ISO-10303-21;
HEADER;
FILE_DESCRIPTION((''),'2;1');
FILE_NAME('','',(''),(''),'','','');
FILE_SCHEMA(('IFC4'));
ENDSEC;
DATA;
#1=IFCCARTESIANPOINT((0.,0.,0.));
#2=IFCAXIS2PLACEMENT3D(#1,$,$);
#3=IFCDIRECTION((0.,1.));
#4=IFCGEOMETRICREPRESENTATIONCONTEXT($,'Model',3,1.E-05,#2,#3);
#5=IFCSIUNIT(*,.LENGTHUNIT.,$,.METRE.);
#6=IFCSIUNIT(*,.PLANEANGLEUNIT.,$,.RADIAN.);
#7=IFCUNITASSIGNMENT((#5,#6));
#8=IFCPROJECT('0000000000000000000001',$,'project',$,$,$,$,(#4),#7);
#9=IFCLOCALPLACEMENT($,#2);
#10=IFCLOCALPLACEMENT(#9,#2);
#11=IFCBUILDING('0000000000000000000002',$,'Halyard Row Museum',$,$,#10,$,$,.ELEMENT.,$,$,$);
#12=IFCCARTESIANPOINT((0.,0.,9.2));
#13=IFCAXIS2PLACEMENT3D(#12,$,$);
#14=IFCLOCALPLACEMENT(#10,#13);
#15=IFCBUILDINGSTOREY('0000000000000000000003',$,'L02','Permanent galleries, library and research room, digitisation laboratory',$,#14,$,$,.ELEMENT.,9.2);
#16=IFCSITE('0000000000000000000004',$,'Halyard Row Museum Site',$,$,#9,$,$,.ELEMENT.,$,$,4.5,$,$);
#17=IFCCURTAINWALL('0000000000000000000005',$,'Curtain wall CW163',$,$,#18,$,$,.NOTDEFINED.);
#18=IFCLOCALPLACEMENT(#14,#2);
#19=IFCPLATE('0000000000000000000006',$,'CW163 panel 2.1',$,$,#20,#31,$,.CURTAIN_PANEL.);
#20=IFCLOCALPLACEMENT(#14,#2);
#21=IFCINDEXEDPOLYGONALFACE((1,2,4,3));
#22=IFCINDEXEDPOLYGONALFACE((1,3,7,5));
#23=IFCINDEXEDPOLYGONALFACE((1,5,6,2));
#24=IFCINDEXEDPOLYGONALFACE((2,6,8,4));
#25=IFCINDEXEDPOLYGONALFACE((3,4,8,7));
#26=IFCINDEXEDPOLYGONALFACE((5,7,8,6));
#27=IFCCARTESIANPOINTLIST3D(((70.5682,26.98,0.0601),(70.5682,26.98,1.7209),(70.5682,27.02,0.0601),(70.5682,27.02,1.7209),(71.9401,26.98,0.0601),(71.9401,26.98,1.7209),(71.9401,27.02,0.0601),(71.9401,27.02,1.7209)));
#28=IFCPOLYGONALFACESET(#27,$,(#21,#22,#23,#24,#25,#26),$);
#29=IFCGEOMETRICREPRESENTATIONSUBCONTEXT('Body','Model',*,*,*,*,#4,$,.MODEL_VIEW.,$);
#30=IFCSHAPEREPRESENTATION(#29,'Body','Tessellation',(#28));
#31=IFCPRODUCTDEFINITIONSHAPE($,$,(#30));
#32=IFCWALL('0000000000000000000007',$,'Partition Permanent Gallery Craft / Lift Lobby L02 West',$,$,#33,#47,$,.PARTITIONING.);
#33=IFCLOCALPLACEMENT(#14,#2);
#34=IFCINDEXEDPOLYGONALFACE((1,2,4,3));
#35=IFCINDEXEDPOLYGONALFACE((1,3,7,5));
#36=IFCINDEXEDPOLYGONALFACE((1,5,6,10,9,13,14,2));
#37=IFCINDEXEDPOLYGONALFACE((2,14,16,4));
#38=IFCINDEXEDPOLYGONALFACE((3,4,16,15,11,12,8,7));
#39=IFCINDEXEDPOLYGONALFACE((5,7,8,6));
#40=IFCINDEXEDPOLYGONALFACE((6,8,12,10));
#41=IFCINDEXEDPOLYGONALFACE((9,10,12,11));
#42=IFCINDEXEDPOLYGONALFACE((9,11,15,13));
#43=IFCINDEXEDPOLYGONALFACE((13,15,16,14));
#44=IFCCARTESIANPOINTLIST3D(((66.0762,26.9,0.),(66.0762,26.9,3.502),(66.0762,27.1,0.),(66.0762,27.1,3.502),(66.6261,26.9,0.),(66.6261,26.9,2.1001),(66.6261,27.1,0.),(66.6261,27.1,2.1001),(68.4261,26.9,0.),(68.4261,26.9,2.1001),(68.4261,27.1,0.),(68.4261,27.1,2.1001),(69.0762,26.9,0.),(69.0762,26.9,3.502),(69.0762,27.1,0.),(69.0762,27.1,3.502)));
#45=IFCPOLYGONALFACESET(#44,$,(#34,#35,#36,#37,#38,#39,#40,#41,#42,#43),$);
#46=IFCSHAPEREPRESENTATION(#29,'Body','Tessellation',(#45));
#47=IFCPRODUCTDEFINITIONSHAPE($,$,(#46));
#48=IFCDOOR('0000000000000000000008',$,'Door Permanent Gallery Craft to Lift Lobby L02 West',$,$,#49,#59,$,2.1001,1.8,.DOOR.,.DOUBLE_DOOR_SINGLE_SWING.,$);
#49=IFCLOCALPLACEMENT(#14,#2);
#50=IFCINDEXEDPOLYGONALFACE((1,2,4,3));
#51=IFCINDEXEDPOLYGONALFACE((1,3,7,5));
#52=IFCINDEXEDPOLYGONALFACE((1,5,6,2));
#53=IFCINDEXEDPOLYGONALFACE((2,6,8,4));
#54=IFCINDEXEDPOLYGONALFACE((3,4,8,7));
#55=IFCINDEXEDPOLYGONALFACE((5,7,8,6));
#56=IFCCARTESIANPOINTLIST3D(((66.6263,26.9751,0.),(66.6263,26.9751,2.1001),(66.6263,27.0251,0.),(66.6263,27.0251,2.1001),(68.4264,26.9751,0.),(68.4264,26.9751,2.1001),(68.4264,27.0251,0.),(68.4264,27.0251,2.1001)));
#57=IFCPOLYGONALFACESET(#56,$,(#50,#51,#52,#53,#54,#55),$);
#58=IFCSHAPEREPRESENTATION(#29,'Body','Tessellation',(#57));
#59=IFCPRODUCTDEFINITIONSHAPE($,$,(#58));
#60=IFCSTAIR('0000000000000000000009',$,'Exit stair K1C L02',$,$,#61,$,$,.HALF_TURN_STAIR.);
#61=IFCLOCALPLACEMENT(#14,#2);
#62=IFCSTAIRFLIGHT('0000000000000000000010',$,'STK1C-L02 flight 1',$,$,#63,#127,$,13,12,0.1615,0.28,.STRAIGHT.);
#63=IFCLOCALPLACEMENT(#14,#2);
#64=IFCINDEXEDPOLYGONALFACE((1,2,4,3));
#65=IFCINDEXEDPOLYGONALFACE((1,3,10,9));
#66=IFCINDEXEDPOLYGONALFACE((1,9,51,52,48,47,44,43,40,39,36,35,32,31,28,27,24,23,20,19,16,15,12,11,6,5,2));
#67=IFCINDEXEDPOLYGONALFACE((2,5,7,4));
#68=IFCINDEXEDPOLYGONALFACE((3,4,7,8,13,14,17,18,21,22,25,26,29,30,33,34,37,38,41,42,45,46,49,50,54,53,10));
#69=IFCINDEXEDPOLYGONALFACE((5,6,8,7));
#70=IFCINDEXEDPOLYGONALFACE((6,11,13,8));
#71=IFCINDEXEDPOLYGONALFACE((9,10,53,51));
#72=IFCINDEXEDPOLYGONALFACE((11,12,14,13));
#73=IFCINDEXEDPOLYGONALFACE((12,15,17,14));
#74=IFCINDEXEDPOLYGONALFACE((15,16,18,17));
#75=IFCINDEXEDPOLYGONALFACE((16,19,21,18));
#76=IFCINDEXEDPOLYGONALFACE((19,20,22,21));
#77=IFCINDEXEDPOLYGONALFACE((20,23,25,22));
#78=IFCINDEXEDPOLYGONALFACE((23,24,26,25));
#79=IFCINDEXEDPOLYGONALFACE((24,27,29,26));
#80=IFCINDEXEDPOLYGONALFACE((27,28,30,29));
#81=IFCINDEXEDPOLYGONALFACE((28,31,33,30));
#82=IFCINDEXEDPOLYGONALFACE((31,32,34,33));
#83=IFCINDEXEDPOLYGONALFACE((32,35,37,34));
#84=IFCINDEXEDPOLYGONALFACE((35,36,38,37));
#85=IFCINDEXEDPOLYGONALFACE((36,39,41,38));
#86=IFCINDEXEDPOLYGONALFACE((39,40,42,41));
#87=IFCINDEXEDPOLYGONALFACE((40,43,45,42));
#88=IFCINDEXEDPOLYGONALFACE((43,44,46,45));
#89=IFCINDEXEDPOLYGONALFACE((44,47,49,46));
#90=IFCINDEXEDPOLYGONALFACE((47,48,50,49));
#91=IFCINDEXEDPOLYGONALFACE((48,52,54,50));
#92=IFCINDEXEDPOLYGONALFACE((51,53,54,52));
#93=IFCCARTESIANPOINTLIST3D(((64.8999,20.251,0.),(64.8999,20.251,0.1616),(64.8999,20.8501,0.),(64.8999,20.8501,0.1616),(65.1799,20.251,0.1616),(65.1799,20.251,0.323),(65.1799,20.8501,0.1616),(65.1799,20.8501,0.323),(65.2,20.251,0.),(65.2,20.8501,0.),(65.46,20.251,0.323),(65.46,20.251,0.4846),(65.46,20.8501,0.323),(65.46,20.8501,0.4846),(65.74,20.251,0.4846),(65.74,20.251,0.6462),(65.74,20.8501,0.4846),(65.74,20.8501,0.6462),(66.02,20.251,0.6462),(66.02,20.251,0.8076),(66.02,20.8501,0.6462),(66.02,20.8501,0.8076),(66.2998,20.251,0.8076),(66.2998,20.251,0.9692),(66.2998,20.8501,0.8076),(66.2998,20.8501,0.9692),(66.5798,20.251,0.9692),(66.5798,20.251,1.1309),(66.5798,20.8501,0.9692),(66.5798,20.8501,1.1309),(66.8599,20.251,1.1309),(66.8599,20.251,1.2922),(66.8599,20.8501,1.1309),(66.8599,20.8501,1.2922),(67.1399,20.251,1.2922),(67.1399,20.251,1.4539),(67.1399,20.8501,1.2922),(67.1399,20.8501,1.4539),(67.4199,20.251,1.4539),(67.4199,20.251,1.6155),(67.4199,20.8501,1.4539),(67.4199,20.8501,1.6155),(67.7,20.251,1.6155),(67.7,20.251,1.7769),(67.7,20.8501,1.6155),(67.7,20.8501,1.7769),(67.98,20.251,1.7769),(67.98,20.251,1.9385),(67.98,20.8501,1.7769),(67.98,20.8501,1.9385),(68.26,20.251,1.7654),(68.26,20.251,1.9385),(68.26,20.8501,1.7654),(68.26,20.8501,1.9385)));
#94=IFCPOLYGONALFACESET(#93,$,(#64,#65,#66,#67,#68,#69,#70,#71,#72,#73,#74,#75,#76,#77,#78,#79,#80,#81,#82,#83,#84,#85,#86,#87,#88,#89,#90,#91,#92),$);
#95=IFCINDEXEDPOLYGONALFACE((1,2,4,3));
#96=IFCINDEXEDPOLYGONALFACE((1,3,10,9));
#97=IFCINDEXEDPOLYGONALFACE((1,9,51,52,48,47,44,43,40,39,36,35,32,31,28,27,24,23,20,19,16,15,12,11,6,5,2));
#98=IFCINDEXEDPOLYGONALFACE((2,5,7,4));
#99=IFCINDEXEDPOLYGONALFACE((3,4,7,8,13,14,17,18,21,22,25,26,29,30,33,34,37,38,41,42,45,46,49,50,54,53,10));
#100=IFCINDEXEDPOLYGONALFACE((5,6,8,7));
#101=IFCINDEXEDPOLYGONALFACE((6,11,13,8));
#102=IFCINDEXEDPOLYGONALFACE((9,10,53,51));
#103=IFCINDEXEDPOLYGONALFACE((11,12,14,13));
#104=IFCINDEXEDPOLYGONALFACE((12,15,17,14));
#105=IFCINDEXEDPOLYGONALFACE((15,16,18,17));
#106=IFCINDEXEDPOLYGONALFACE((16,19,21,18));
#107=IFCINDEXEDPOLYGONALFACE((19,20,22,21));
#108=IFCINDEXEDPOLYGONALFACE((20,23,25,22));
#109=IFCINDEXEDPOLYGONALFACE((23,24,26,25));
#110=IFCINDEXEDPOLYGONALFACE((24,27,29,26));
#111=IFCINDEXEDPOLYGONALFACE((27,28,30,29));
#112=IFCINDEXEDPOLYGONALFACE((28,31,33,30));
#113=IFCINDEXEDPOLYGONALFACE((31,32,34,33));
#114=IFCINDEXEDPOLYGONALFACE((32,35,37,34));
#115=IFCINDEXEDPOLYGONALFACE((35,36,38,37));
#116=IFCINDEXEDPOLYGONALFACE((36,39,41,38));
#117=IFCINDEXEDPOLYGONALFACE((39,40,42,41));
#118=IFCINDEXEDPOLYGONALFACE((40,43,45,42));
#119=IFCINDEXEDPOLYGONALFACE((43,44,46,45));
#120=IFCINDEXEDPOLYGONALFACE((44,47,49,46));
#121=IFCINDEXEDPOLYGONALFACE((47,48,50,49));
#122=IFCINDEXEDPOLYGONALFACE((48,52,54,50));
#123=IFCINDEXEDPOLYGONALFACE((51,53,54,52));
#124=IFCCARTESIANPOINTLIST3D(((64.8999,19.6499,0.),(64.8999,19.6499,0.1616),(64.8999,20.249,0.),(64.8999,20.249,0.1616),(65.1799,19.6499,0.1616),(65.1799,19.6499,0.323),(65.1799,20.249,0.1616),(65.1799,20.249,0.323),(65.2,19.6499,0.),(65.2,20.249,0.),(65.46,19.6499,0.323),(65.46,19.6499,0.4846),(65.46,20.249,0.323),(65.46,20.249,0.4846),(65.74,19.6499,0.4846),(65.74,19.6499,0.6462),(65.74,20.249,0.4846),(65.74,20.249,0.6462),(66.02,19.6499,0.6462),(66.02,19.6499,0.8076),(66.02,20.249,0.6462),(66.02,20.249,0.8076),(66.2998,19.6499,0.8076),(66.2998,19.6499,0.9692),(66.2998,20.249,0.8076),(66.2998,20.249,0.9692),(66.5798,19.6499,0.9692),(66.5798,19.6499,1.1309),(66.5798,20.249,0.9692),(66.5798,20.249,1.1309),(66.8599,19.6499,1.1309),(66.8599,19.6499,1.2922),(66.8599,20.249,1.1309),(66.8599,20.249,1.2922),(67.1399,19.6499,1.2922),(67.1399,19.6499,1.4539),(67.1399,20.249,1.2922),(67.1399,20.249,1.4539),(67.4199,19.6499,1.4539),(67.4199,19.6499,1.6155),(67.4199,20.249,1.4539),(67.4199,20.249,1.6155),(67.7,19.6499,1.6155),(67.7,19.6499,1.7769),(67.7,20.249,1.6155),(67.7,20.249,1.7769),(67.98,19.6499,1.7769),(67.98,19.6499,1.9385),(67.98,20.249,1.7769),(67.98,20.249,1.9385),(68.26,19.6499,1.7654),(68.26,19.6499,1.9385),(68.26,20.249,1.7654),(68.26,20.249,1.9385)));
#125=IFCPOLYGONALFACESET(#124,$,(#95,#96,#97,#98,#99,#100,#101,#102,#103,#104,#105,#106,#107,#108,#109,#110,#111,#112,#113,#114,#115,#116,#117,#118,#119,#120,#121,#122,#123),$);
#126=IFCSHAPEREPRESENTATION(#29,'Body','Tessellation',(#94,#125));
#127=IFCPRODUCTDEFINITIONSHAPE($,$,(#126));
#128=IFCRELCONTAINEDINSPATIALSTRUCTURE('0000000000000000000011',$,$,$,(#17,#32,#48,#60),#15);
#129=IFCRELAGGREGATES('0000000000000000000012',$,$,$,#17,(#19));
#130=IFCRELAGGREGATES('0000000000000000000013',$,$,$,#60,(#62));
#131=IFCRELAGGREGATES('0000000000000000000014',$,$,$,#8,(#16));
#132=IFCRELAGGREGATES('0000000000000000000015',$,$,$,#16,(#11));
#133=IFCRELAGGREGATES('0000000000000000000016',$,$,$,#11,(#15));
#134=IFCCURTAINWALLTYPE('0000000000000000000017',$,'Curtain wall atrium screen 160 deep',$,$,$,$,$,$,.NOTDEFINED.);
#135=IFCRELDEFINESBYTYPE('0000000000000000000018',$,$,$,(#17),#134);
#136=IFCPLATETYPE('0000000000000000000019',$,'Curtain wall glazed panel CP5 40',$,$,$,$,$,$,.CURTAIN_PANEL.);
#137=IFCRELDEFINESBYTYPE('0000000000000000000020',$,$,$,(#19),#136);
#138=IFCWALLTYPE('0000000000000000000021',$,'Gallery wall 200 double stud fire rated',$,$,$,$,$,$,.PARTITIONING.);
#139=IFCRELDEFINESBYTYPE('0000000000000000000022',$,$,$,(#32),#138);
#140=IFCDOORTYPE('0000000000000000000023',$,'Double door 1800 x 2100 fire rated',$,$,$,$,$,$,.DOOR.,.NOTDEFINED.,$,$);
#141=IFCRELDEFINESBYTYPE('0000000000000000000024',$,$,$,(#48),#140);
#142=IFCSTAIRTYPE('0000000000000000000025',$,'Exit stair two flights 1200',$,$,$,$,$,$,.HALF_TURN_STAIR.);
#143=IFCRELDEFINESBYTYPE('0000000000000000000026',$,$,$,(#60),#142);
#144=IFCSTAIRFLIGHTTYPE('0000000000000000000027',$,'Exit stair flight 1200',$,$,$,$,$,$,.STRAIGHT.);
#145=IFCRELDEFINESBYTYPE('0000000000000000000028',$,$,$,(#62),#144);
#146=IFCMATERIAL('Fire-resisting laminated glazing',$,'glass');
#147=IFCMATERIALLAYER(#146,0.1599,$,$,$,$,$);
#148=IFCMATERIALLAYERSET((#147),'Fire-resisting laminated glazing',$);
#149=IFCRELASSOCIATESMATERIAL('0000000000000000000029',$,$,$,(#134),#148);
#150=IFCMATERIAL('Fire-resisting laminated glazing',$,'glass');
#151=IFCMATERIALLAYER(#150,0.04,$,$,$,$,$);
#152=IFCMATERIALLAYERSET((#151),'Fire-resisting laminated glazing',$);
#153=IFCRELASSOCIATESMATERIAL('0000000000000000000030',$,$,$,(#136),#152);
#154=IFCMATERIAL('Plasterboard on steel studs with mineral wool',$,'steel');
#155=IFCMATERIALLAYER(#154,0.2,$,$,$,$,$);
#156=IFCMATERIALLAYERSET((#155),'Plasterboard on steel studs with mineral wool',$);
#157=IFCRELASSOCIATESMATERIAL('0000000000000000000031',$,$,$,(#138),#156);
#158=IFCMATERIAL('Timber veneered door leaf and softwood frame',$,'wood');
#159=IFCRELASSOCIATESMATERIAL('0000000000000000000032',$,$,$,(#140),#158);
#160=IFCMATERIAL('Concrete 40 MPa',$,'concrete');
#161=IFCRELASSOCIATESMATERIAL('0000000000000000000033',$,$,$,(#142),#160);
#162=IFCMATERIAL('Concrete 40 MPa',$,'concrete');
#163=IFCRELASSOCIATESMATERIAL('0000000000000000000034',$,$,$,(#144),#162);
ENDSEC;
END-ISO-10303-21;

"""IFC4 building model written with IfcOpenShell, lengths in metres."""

from ifc_helpers import new_model, si_unit, direction, frame, frame_2d, origin, origin_2d, place, context, subcontext, project, spatial, polyline, rectangle, outline, extrude, material, layer, layer_set, type_object, element, fill, aggregate, save


model = new_model("IFC4")

# Units and contexts
model_context = context("Model", 3, precision=1e-05, world=origin(), true_north=direction((0.0, 1.0)))
body_context = subcontext(model_context, "Body", "Model", "MODEL_VIEW")
ifc_project = project(units=[si_unit("LENGTHUNIT", "METRE"), si_unit("PLANEANGLEUNIT", "RADIAN")], contexts=[model_context])

# Site, building, storey
site_placement = place(None, origin())
site = spatial("IfcSite", under=ifc_project, at=site_placement, Name="Halyard Row Museum Site", CompositionType="ELEMENT", RefElevation=4.5)
building_placement = place(site_placement, origin())
building = spatial("IfcBuilding", under=site, at=building_placement, Name="Halyard Row Museum", CompositionType="ELEMENT")
storey_placement = place(building_placement, frame((0.0, 0.0, 9.2)))
storey = spatial("IfcBuildingStorey", under=building, at=storey_placement, Name="L02", Description="Permanent galleries, library and research room, digitisation laboratory", CompositionType="ELEMENT", Elevation=9.2)

# Shared definitions
ifc_material_1 = material(Name="Fire-resisting laminated glazing", Category="glass")
ifc_layer_1 = layer(ifc_material_1, 0.1599)
ifc_layer_set_1 = layer_set([ifc_layer_1], Name="Fire-resisting laminated glazing")
curtain_wall_type = type_object("IfcCurtainWallType", Name="Curtain wall atrium screen 160 deep", PredefinedType="NOTDEFINED", material=ifc_layer_set_1)

# Curtain wall
curtain_wall_1_placement = place(storey_placement, origin())
curtain_wall_1 = element("IfcCurtainWall", 1, at=curtain_wall_1_placement, inside=storey, type_object=curtain_wall_type, Name="Curtain wall CW163", PredefinedType="NOTDEFINED")

# Plate
ifc_material_2 = material(Name="Fire-resisting laminated glazing", Category="glass")
ifc_layer_2 = layer(ifc_material_2, 0.04)
ifc_layer_set_2 = layer_set([ifc_layer_2], Name="Fire-resisting laminated glazing")
plate_type = type_object("IfcPlateType", Name="Curtain wall glazed panel CP5 40", PredefinedType="CURTAIN_PANEL", material=ifc_layer_set_2)
plate_1_placement = place(storey_placement, frame((71.2542, 27.0, 0.0601), z_axis=(0.0, 0.0, 1.0), x_axis=(1.0, 0.0, 0.0)))
plate_1 = element("IfcPlate", 2, at=plate_1_placement, type_object=plate_type, Name="CW163 panel 2.1", PredefinedType="CURTAIN_PANEL", context=body_context, shape_type="SweptSolid", body=[
    extrude(rectangle(XDim=1.3718, YDim=0.04, at=origin_2d()), origin(), (0.0, 0.0, 1.0), 1.6609),
])
aggregate(curtain_wall_1, [plate_1])

# Wall, opening, door
ifc_material_3 = material(Name="Plasterboard on steel studs with mineral wool", Category="steel")
ifc_layer_3 = layer(ifc_material_3, 0.2)
ifc_layer_set_3 = layer_set([ifc_layer_3], Name="Plasterboard on steel studs with mineral wool")
wall_type = type_object("IfcWallType", Name="Gallery wall 200 double stud fire rated", PredefinedType="PARTITIONING", material=ifc_layer_set_3)
wall_placement = place(storey_placement, frame((66.0762, 27.0, 0.0), z_axis=(0.0, 0.0, 1.0), x_axis=(1.0, 0.0, 0.0)))
wall = element("IfcWall", 3, at=wall_placement, inside=storey, type_object=wall_type, Name="Partition Permanent Gallery Craft / Lift Lobby L02 West", PredefinedType="PARTITIONING", context=body_context, shape_type="SweptSolid", body=[
    extrude(rectangle(XDim=3.0, YDim=0.2, at=frame_2d((1.5, 0.0))), origin(), (0.0, 0.0, 1.0), 3.502),
])
opening_placement = place(wall_placement, frame((0.55, 0.0, 0.0)))
opening = element("IfcOpeningElement", 4, at=opening_placement, cuts=wall, PredefinedType="OPENING", context=body_context, shape_type="SweptSolid", body=[
    extrude(rectangle(XDim=1.8, YDim=2.1001, at=frame_2d((0.8999, 1.05))), frame((0.0, 0.1099, 0.0), z_axis=(0.0, -1.0, 0.0), x_axis=(1.0, 0.0, 0.0)), (0.0, 0.0, 1.0), 0.22),
])
ifc_material_4 = material(Name="Timber veneered door leaf and softwood frame", Category="wood")
door_type = type_object("IfcDoorType", Name="Double door 1800 x 2100 fire rated", OperationType="NOTDEFINED", PredefinedType="DOOR", material=ifc_material_4)
door_placement = place(opening_placement, frame((1.8, 0.0, 0.0), z_axis=(0.0, 0.0, 1.0), x_axis=(-1.0, 0.0, 0.0)))
door = element("IfcDoor", 5, at=door_placement, inside=storey, type_object=door_type, Name="Door Permanent Gallery Craft to Lift Lobby L02 West", OperationType="DOUBLE_DOOR_SINGLE_SWING", OverallHeight=2.1001, OverallWidth=1.8, PredefinedType="DOOR", context=body_context, shape_type="SweptSolid", body=[
    extrude(rectangle(XDim=1.8, YDim=2.1001, at=frame_2d((0.8999, 1.05))), frame((0.0, 0.0249, 0.0), z_axis=(0.0, -1.0, 0.0), x_axis=(1.0, 0.0, 0.0)), (0.0, 0.0, 1.0), 0.05),
])
fill(opening, door)

# Stair, stair flight
ifc_material_5 = material(Name="Concrete 40 MPa", Category="concrete")
stair_type = type_object("IfcStairType", Name="Exit stair two flights 1200", PredefinedType="HALF_TURN_STAIR", material=ifc_material_5)
stair_placement = place(storey_placement, origin())
stair = element("IfcStair", 6, at=stair_placement, inside=storey, type_object=stair_type, Name="Exit stair K1C L02", PredefinedType="HALF_TURN_STAIR")
ifc_material_6 = material(Name="Concrete 40 MPa", Category="concrete")
stair_flight_type = type_object("IfcStairFlightType", Name="Exit stair flight 1200", PredefinedType="STRAIGHT", material=ifc_material_6)
stair_flight_1_placement = place(storey_placement, frame((64.8999, 20.25, 0.0), z_axis=(0.0, 0.0, 1.0), x_axis=(1.0, 0.0, 0.0)))
stair_flight_1 = element("IfcStairFlight", 7, at=stair_flight_1_placement, type_object=stair_flight_type, Name="STK1C-L02 flight 1", NumberOfRisers=13, NumberOfTreads=12, PredefinedType="STRAIGHT", RiserHeight=0.1615, TreadLength=0.28, context=body_context, shape_type="SweptSolid", body=[
    extrude(outline(polyline([(0.0, 0.0), (0.0, 0.1616), (0.28, 0.1616), (0.28, 0.323), (0.5601, 0.323), (0.5601, 0.4846), (0.8401, 0.4846), (0.8401, 0.6462), (1.1201, 0.6462), (1.1201, 0.8076), (1.3999, 0.8076), (1.3999, 0.9692), (1.6799, 0.9692), (1.6799, 1.1309), (1.96, 1.1309), (1.96, 1.2922), (2.24, 1.2922), (2.24, 1.4539), (2.52, 1.4539), (2.52, 1.6155), (2.8, 1.6155), (2.8, 1.7769), (3.0801, 1.7769), (3.0801, 1.9385), (3.3601, 1.9385), (3.3601, 2.1001), (3.3601, 1.7654), (0.3, 0.0), (0.0, 0.0)])), frame((0.0, 0.6001, 0.0), z_axis=(0.0, -1.0, 0.0), x_axis=(1.0, 0.0, 0.0)), (0.0, 0.0, 1.0), 0.5991),
    extrude(outline(polyline([(0.0, 0.0), (0.0, 0.1616), (0.28, 0.1616), (0.28, 0.323), (0.5601, 0.323), (0.5601, 0.4846), (0.8401, 0.4846), (0.8401, 0.6462), (1.1201, 0.6462), (1.1201, 0.8076), (1.3999, 0.8076), (1.3999, 0.9692), (1.6799, 0.9692), (1.6799, 1.1309), (1.96, 1.1309), (1.96, 1.2922), (2.24, 1.2922), (2.24, 1.4539), (2.52, 1.4539), (2.52, 1.6155), (2.8, 1.6155), (2.8, 1.7769), (3.0801, 1.7769), (3.0801, 1.9385), (3.3601, 1.9385), (3.3601, 2.1001), (3.3601, 1.7654), (0.3, 0.0), (0.0, 0.0)])), frame((0.0, -0.001, 0.0), z_axis=(0.0, -1.0, 0.0), x_axis=(1.0, 0.0, 0.0)), (0.0, 0.0, 1.0), 0.5991),
])
aggregate(stair, [stair_flight_1])

save(model, "model.ifc")
